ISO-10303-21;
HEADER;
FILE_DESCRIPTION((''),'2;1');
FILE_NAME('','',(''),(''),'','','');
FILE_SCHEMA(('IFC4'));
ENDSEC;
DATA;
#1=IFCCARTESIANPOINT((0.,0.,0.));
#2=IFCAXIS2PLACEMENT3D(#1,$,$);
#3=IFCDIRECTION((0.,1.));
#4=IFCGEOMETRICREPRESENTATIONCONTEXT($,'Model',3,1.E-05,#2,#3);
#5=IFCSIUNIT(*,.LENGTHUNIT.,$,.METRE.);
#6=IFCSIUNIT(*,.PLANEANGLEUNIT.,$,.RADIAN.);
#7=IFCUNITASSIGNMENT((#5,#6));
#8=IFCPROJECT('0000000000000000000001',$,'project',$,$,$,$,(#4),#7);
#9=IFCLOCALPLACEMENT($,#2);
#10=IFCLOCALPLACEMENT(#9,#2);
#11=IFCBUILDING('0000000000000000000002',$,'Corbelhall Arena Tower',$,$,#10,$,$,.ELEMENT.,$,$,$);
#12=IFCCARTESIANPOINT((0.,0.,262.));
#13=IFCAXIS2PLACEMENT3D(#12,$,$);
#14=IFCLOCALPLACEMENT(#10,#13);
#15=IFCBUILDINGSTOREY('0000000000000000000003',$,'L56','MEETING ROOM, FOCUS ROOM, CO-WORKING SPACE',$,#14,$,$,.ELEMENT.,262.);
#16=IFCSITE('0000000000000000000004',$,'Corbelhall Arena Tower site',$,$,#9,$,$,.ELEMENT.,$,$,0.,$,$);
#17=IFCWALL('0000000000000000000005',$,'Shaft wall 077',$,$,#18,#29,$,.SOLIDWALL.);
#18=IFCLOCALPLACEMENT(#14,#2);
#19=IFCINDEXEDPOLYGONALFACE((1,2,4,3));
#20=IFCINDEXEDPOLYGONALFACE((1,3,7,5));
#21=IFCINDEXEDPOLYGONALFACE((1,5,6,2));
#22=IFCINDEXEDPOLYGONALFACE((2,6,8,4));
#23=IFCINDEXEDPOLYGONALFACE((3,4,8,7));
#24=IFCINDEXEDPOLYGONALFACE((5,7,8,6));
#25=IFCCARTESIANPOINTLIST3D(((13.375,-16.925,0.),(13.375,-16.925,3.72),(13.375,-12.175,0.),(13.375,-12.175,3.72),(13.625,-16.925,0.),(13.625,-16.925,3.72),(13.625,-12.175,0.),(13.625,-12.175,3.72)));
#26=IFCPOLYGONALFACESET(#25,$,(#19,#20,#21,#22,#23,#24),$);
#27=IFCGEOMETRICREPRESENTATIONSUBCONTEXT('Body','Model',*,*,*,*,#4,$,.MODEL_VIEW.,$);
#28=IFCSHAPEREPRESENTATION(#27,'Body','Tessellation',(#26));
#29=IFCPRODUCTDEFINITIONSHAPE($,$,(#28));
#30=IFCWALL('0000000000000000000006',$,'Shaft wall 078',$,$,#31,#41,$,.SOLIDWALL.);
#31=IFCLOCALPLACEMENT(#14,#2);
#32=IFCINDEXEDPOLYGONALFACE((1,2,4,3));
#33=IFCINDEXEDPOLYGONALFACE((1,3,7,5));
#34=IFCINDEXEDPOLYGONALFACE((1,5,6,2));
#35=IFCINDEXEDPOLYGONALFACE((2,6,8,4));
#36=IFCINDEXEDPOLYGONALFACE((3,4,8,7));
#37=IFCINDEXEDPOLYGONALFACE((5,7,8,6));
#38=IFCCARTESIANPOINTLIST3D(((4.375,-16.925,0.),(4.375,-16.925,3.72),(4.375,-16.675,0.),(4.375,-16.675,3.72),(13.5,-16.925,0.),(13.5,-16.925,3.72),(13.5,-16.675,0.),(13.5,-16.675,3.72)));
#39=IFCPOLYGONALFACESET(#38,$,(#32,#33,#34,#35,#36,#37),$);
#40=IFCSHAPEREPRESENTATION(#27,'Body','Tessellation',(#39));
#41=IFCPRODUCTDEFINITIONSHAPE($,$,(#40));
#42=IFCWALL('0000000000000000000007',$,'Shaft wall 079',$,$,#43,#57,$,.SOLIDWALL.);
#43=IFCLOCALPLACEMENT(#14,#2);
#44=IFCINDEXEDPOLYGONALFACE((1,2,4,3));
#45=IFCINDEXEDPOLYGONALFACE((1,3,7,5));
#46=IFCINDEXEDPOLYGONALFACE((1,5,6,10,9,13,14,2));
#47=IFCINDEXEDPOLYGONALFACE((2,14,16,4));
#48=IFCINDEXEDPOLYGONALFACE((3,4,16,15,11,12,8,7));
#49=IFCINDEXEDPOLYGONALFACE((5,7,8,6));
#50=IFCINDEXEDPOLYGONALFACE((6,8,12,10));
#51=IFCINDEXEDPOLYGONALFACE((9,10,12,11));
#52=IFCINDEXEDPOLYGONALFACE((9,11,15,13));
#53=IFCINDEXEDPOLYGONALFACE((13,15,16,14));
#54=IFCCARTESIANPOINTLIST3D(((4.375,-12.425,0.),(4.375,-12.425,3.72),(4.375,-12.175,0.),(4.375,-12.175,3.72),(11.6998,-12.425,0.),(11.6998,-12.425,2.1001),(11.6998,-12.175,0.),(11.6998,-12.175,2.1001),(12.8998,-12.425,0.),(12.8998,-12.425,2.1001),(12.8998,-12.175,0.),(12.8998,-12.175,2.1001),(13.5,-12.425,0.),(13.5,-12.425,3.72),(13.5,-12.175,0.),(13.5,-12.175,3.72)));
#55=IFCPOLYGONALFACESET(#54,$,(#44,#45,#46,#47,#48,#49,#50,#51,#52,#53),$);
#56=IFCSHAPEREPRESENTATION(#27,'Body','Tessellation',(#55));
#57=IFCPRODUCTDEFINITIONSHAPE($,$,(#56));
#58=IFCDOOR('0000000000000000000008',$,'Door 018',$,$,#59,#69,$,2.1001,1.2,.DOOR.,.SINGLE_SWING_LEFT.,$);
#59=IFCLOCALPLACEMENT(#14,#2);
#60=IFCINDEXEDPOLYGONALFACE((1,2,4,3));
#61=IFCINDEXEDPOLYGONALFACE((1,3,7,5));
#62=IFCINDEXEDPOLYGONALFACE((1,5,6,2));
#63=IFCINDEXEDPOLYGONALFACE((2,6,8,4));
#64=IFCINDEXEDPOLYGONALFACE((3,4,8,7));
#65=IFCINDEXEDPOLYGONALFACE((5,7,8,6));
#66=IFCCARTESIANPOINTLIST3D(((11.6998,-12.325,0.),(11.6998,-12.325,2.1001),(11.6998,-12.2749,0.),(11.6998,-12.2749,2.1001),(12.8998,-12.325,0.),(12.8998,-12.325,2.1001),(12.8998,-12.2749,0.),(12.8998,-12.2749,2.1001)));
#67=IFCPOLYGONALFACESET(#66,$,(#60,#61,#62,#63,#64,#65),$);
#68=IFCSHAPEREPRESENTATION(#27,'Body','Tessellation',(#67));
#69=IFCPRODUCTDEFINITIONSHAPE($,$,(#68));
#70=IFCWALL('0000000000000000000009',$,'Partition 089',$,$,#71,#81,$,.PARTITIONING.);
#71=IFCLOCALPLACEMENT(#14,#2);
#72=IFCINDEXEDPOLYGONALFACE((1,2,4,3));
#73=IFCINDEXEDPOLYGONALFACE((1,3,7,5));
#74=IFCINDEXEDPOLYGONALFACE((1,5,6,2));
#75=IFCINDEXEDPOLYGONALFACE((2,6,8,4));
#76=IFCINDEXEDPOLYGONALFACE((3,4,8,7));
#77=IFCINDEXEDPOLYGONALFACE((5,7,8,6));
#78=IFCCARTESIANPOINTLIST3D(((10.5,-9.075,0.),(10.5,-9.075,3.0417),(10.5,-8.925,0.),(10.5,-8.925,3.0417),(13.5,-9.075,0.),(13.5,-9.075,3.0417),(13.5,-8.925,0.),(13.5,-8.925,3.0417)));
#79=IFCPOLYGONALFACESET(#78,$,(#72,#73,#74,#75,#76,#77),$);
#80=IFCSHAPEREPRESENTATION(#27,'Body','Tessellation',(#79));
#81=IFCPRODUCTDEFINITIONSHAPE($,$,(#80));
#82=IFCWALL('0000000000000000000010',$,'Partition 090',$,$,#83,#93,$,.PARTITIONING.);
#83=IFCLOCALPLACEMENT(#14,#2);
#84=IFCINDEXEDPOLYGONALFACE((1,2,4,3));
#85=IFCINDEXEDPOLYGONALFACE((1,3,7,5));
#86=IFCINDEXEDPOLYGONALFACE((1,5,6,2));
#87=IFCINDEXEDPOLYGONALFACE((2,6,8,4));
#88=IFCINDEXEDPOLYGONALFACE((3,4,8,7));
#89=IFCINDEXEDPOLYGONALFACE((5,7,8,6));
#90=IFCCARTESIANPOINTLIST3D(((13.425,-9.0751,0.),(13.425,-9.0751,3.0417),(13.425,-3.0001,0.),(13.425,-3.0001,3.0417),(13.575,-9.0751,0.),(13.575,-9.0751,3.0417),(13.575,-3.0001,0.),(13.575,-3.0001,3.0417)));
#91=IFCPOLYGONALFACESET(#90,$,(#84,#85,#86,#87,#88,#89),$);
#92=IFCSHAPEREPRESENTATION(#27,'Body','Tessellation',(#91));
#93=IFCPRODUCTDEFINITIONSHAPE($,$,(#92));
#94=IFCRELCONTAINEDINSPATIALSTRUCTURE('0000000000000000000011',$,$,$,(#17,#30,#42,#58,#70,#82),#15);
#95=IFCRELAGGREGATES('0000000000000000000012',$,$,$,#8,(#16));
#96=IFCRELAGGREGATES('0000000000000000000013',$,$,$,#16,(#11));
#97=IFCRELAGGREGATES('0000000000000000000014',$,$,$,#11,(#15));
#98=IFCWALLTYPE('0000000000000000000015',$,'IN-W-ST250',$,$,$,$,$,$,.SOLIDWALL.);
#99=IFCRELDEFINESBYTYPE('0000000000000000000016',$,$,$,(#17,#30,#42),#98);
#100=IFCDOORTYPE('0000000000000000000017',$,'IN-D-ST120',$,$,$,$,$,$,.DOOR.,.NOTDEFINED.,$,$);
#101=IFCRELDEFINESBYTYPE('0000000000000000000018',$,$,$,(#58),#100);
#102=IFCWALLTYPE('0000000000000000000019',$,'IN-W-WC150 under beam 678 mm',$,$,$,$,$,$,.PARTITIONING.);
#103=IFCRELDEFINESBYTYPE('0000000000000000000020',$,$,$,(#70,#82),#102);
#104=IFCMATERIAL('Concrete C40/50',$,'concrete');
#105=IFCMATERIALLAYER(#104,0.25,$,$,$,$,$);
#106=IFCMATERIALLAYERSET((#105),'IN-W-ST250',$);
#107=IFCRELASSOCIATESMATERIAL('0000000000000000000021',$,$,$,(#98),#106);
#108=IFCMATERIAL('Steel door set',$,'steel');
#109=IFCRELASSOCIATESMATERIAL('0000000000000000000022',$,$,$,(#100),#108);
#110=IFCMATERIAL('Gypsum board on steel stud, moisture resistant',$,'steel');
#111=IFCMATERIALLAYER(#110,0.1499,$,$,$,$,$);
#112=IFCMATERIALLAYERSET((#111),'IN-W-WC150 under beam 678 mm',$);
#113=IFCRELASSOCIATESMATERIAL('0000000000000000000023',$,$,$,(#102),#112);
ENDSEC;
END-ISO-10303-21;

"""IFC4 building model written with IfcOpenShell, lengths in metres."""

from ifc_helpers import new_model, si_unit, direction, frame, frame_2d, origin, place, context, subcontext, project, spatial, rectangle, extrude, material, layer, layer_set, type_object, element, fill, save


model = new_model("IFC4")

# Units and contexts
model_context = context("Model", 3, precision=1e-05, world=origin(), true_north=direction((0.0, 1.0)))
body_context = subcontext(model_context, "Body", "Model", "MODEL_VIEW")
ifc_project = project(units=[si_unit("LENGTHUNIT", "METRE"), si_unit("PLANEANGLEUNIT", "RADIAN")], contexts=[model_context])

# Site, building, storey
site_placement = place(None, origin())
site = spatial("IfcSite", under=ifc_project, at=site_placement, Name="Corbelhall Arena Tower site", CompositionType="ELEMENT", RefElevation=0.0)
building_placement = place(site_placement, origin())
building = spatial("IfcBuilding", under=site, at=building_placement, Name="Corbelhall Arena Tower", CompositionType="ELEMENT")
storey_placement = place(building_placement, frame((0.0, 0.0, 262.0)))
storey = spatial("IfcBuildingStorey", under=building, at=storey_placement, Name="L56", Description="MEETING ROOM, FOCUS ROOM, CO-WORKING SPACE", CompositionType="ELEMENT", Elevation=262.0)

# Shared definitions
ifc_material_1 = material(Name="Steel door set", Category="steel")

# Walls
ifc_material_2 = material(Name="Concrete C40/50", Category="concrete")
ifc_layer_1 = layer(ifc_material_2, 0.25)
ifc_layer_set_1 = layer_set([ifc_layer_1], Name="IN-W-ST250")
wall_type_1 = type_object("IfcWallType", Name="IN-W-ST250", PredefinedType="SOLIDWALL", material=ifc_layer_set_1)
wall_1_placement = place(storey_placement, frame((13.5, -16.925, 0.0), z_axis=(0.0, 0.0, 1.0), x_axis=(0.0, 1.0, 0.0)))
element("IfcWall", 1, at=wall_1_placement, inside=storey, type_object=wall_type_1, Name="Shaft wall 077", PredefinedType="SOLIDWALL", context=body_context, shape_type="SweptSolid", body=[
    extrude(rectangle(XDim=4.75, YDim=0.25, at=frame_2d((2.375, 0.0))), origin(), (0.0, 0.0, 1.0), 3.72),
])
wall_2_placement = place(storey_placement, frame((13.5, -16.8, 0.0), z_axis=(0.0, 0.0, 1.0), x_axis=(-1.0, 0.0, 0.0)))
element("IfcWall", 2, at=wall_2_placement, inside=storey, type_object=wall_type_1, Name="Shaft wall 078", PredefinedType="SOLIDWALL", context=body_context, shape_type="SweptSolid", body=[
    extrude(rectangle(XDim=9.125, YDim=0.25, at=frame_2d((4.5625, 0.0))), origin(), (0.0, 0.0, 1.0), 3.72),
])

# Wall, opening, door
wall_3_placement = place(storey_placement, frame((13.5, -12.3, 0.0), z_axis=(0.0, 0.0, 1.0), x_axis=(-1.0, 0.0, 0.0)))
wall_3 = element("IfcWall", 3, at=wall_3_placement, inside=storey, type_object=wall_type_1, Name="Shaft wall 079", PredefinedType="SOLIDWALL", context=body_context, shape_type="SweptSolid", body=[
    extrude(rectangle(XDim=9.125, YDim=0.25, at=frame_2d((4.5625, 0.0))), origin(), (0.0, 0.0, 1.0), 3.72),
])
opening_1_placement = place(wall_3_placement, frame((0.6001, 0.0, 0.0)))
opening_1 = element("IfcOpeningElement", 4, at=opening_1_placement, cuts=wall_3, PredefinedType="OPENING", context=body_context, shape_type="SweptSolid", body=[
    extrude(rectangle(XDim=1.2, YDim=2.1001, at=frame_2d((0.6001, 1.05))), frame((0.0, 0.125, 0.0), z_axis=(0.0, -1.0, 0.0), x_axis=(1.0, 0.0, 0.0)), (0.0, 0.0, 1.0), 0.25),
])
door_type_1 = type_object("IfcDoorType", Name="IN-D-ST120", OperationType="NOTDEFINED", PredefinedType="DOOR", material=ifc_material_1)
door_1_placement = place(opening_1_placement, origin())
door_1 = element("IfcDoor", 5, at=door_1_placement, inside=storey, type_object=door_type_1, Name="Door 018", OperationType="SINGLE_SWING_LEFT", OverallHeight=2.1001, OverallWidth=1.2, PredefinedType="DOOR", context=body_context, shape_type="SweptSolid", body=[
    extrude(rectangle(XDim=1.2, YDim=2.1001, at=frame_2d((0.6001, 1.05))), frame((0.0, 0.0249, 0.0), z_axis=(0.0, -1.0, 0.0), x_axis=(1.0, 0.0, 0.0)), (0.0, 0.0, 1.0), 0.05),
])
fill(opening_1, door_1)

# Walls
ifc_material_3 = material(Name="Gypsum board on steel stud, moisture resistant", Category="steel")
ifc_layer_2 = layer(ifc_material_3, 0.1499)
ifc_layer_set_2 = layer_set([ifc_layer_2], Name="IN-W-WC150 under beam 678 mm")
wall_type_2 = type_object("IfcWallType", Name="IN-W-WC150 under beam 678 mm", PredefinedType="PARTITIONING", material=ifc_layer_set_2)
wall_4_placement = place(storey_placement, frame((13.5, -9.0, 0.0), z_axis=(0.0, 0.0, 1.0), x_axis=(-1.0, 0.0, 0.0)))
element("IfcWall", 6, at=wall_4_placement, inside=storey, type_object=wall_type_2, Name="Partition 089", PredefinedType="PARTITIONING", context=body_context, shape_type="SweptSolid", body=[
    extrude(rectangle(XDim=3.0, YDim=0.1499, at=frame_2d((1.5, 0.0))), origin(), (0.0, 0.0, 1.0), 3.0417),
])
wall_5_placement = place(storey_placement, frame((13.5, -3.0, 0.0), z_axis=(0.0, 0.0, 1.0), x_axis=(0.0, -1.0, 0.0)))
element("IfcWall", 7, at=wall_5_placement, inside=storey, type_object=wall_type_2, Name="Partition 090", PredefinedType="PARTITIONING", context=body_context, shape_type="SweptSolid", body=[
    extrude(rectangle(XDim=6.075, YDim=0.1499, at=frame_2d((3.0376, 0.0))), origin(), (0.0, 0.0, 1.0), 3.0417),
])

save(model, "model.ifc")
